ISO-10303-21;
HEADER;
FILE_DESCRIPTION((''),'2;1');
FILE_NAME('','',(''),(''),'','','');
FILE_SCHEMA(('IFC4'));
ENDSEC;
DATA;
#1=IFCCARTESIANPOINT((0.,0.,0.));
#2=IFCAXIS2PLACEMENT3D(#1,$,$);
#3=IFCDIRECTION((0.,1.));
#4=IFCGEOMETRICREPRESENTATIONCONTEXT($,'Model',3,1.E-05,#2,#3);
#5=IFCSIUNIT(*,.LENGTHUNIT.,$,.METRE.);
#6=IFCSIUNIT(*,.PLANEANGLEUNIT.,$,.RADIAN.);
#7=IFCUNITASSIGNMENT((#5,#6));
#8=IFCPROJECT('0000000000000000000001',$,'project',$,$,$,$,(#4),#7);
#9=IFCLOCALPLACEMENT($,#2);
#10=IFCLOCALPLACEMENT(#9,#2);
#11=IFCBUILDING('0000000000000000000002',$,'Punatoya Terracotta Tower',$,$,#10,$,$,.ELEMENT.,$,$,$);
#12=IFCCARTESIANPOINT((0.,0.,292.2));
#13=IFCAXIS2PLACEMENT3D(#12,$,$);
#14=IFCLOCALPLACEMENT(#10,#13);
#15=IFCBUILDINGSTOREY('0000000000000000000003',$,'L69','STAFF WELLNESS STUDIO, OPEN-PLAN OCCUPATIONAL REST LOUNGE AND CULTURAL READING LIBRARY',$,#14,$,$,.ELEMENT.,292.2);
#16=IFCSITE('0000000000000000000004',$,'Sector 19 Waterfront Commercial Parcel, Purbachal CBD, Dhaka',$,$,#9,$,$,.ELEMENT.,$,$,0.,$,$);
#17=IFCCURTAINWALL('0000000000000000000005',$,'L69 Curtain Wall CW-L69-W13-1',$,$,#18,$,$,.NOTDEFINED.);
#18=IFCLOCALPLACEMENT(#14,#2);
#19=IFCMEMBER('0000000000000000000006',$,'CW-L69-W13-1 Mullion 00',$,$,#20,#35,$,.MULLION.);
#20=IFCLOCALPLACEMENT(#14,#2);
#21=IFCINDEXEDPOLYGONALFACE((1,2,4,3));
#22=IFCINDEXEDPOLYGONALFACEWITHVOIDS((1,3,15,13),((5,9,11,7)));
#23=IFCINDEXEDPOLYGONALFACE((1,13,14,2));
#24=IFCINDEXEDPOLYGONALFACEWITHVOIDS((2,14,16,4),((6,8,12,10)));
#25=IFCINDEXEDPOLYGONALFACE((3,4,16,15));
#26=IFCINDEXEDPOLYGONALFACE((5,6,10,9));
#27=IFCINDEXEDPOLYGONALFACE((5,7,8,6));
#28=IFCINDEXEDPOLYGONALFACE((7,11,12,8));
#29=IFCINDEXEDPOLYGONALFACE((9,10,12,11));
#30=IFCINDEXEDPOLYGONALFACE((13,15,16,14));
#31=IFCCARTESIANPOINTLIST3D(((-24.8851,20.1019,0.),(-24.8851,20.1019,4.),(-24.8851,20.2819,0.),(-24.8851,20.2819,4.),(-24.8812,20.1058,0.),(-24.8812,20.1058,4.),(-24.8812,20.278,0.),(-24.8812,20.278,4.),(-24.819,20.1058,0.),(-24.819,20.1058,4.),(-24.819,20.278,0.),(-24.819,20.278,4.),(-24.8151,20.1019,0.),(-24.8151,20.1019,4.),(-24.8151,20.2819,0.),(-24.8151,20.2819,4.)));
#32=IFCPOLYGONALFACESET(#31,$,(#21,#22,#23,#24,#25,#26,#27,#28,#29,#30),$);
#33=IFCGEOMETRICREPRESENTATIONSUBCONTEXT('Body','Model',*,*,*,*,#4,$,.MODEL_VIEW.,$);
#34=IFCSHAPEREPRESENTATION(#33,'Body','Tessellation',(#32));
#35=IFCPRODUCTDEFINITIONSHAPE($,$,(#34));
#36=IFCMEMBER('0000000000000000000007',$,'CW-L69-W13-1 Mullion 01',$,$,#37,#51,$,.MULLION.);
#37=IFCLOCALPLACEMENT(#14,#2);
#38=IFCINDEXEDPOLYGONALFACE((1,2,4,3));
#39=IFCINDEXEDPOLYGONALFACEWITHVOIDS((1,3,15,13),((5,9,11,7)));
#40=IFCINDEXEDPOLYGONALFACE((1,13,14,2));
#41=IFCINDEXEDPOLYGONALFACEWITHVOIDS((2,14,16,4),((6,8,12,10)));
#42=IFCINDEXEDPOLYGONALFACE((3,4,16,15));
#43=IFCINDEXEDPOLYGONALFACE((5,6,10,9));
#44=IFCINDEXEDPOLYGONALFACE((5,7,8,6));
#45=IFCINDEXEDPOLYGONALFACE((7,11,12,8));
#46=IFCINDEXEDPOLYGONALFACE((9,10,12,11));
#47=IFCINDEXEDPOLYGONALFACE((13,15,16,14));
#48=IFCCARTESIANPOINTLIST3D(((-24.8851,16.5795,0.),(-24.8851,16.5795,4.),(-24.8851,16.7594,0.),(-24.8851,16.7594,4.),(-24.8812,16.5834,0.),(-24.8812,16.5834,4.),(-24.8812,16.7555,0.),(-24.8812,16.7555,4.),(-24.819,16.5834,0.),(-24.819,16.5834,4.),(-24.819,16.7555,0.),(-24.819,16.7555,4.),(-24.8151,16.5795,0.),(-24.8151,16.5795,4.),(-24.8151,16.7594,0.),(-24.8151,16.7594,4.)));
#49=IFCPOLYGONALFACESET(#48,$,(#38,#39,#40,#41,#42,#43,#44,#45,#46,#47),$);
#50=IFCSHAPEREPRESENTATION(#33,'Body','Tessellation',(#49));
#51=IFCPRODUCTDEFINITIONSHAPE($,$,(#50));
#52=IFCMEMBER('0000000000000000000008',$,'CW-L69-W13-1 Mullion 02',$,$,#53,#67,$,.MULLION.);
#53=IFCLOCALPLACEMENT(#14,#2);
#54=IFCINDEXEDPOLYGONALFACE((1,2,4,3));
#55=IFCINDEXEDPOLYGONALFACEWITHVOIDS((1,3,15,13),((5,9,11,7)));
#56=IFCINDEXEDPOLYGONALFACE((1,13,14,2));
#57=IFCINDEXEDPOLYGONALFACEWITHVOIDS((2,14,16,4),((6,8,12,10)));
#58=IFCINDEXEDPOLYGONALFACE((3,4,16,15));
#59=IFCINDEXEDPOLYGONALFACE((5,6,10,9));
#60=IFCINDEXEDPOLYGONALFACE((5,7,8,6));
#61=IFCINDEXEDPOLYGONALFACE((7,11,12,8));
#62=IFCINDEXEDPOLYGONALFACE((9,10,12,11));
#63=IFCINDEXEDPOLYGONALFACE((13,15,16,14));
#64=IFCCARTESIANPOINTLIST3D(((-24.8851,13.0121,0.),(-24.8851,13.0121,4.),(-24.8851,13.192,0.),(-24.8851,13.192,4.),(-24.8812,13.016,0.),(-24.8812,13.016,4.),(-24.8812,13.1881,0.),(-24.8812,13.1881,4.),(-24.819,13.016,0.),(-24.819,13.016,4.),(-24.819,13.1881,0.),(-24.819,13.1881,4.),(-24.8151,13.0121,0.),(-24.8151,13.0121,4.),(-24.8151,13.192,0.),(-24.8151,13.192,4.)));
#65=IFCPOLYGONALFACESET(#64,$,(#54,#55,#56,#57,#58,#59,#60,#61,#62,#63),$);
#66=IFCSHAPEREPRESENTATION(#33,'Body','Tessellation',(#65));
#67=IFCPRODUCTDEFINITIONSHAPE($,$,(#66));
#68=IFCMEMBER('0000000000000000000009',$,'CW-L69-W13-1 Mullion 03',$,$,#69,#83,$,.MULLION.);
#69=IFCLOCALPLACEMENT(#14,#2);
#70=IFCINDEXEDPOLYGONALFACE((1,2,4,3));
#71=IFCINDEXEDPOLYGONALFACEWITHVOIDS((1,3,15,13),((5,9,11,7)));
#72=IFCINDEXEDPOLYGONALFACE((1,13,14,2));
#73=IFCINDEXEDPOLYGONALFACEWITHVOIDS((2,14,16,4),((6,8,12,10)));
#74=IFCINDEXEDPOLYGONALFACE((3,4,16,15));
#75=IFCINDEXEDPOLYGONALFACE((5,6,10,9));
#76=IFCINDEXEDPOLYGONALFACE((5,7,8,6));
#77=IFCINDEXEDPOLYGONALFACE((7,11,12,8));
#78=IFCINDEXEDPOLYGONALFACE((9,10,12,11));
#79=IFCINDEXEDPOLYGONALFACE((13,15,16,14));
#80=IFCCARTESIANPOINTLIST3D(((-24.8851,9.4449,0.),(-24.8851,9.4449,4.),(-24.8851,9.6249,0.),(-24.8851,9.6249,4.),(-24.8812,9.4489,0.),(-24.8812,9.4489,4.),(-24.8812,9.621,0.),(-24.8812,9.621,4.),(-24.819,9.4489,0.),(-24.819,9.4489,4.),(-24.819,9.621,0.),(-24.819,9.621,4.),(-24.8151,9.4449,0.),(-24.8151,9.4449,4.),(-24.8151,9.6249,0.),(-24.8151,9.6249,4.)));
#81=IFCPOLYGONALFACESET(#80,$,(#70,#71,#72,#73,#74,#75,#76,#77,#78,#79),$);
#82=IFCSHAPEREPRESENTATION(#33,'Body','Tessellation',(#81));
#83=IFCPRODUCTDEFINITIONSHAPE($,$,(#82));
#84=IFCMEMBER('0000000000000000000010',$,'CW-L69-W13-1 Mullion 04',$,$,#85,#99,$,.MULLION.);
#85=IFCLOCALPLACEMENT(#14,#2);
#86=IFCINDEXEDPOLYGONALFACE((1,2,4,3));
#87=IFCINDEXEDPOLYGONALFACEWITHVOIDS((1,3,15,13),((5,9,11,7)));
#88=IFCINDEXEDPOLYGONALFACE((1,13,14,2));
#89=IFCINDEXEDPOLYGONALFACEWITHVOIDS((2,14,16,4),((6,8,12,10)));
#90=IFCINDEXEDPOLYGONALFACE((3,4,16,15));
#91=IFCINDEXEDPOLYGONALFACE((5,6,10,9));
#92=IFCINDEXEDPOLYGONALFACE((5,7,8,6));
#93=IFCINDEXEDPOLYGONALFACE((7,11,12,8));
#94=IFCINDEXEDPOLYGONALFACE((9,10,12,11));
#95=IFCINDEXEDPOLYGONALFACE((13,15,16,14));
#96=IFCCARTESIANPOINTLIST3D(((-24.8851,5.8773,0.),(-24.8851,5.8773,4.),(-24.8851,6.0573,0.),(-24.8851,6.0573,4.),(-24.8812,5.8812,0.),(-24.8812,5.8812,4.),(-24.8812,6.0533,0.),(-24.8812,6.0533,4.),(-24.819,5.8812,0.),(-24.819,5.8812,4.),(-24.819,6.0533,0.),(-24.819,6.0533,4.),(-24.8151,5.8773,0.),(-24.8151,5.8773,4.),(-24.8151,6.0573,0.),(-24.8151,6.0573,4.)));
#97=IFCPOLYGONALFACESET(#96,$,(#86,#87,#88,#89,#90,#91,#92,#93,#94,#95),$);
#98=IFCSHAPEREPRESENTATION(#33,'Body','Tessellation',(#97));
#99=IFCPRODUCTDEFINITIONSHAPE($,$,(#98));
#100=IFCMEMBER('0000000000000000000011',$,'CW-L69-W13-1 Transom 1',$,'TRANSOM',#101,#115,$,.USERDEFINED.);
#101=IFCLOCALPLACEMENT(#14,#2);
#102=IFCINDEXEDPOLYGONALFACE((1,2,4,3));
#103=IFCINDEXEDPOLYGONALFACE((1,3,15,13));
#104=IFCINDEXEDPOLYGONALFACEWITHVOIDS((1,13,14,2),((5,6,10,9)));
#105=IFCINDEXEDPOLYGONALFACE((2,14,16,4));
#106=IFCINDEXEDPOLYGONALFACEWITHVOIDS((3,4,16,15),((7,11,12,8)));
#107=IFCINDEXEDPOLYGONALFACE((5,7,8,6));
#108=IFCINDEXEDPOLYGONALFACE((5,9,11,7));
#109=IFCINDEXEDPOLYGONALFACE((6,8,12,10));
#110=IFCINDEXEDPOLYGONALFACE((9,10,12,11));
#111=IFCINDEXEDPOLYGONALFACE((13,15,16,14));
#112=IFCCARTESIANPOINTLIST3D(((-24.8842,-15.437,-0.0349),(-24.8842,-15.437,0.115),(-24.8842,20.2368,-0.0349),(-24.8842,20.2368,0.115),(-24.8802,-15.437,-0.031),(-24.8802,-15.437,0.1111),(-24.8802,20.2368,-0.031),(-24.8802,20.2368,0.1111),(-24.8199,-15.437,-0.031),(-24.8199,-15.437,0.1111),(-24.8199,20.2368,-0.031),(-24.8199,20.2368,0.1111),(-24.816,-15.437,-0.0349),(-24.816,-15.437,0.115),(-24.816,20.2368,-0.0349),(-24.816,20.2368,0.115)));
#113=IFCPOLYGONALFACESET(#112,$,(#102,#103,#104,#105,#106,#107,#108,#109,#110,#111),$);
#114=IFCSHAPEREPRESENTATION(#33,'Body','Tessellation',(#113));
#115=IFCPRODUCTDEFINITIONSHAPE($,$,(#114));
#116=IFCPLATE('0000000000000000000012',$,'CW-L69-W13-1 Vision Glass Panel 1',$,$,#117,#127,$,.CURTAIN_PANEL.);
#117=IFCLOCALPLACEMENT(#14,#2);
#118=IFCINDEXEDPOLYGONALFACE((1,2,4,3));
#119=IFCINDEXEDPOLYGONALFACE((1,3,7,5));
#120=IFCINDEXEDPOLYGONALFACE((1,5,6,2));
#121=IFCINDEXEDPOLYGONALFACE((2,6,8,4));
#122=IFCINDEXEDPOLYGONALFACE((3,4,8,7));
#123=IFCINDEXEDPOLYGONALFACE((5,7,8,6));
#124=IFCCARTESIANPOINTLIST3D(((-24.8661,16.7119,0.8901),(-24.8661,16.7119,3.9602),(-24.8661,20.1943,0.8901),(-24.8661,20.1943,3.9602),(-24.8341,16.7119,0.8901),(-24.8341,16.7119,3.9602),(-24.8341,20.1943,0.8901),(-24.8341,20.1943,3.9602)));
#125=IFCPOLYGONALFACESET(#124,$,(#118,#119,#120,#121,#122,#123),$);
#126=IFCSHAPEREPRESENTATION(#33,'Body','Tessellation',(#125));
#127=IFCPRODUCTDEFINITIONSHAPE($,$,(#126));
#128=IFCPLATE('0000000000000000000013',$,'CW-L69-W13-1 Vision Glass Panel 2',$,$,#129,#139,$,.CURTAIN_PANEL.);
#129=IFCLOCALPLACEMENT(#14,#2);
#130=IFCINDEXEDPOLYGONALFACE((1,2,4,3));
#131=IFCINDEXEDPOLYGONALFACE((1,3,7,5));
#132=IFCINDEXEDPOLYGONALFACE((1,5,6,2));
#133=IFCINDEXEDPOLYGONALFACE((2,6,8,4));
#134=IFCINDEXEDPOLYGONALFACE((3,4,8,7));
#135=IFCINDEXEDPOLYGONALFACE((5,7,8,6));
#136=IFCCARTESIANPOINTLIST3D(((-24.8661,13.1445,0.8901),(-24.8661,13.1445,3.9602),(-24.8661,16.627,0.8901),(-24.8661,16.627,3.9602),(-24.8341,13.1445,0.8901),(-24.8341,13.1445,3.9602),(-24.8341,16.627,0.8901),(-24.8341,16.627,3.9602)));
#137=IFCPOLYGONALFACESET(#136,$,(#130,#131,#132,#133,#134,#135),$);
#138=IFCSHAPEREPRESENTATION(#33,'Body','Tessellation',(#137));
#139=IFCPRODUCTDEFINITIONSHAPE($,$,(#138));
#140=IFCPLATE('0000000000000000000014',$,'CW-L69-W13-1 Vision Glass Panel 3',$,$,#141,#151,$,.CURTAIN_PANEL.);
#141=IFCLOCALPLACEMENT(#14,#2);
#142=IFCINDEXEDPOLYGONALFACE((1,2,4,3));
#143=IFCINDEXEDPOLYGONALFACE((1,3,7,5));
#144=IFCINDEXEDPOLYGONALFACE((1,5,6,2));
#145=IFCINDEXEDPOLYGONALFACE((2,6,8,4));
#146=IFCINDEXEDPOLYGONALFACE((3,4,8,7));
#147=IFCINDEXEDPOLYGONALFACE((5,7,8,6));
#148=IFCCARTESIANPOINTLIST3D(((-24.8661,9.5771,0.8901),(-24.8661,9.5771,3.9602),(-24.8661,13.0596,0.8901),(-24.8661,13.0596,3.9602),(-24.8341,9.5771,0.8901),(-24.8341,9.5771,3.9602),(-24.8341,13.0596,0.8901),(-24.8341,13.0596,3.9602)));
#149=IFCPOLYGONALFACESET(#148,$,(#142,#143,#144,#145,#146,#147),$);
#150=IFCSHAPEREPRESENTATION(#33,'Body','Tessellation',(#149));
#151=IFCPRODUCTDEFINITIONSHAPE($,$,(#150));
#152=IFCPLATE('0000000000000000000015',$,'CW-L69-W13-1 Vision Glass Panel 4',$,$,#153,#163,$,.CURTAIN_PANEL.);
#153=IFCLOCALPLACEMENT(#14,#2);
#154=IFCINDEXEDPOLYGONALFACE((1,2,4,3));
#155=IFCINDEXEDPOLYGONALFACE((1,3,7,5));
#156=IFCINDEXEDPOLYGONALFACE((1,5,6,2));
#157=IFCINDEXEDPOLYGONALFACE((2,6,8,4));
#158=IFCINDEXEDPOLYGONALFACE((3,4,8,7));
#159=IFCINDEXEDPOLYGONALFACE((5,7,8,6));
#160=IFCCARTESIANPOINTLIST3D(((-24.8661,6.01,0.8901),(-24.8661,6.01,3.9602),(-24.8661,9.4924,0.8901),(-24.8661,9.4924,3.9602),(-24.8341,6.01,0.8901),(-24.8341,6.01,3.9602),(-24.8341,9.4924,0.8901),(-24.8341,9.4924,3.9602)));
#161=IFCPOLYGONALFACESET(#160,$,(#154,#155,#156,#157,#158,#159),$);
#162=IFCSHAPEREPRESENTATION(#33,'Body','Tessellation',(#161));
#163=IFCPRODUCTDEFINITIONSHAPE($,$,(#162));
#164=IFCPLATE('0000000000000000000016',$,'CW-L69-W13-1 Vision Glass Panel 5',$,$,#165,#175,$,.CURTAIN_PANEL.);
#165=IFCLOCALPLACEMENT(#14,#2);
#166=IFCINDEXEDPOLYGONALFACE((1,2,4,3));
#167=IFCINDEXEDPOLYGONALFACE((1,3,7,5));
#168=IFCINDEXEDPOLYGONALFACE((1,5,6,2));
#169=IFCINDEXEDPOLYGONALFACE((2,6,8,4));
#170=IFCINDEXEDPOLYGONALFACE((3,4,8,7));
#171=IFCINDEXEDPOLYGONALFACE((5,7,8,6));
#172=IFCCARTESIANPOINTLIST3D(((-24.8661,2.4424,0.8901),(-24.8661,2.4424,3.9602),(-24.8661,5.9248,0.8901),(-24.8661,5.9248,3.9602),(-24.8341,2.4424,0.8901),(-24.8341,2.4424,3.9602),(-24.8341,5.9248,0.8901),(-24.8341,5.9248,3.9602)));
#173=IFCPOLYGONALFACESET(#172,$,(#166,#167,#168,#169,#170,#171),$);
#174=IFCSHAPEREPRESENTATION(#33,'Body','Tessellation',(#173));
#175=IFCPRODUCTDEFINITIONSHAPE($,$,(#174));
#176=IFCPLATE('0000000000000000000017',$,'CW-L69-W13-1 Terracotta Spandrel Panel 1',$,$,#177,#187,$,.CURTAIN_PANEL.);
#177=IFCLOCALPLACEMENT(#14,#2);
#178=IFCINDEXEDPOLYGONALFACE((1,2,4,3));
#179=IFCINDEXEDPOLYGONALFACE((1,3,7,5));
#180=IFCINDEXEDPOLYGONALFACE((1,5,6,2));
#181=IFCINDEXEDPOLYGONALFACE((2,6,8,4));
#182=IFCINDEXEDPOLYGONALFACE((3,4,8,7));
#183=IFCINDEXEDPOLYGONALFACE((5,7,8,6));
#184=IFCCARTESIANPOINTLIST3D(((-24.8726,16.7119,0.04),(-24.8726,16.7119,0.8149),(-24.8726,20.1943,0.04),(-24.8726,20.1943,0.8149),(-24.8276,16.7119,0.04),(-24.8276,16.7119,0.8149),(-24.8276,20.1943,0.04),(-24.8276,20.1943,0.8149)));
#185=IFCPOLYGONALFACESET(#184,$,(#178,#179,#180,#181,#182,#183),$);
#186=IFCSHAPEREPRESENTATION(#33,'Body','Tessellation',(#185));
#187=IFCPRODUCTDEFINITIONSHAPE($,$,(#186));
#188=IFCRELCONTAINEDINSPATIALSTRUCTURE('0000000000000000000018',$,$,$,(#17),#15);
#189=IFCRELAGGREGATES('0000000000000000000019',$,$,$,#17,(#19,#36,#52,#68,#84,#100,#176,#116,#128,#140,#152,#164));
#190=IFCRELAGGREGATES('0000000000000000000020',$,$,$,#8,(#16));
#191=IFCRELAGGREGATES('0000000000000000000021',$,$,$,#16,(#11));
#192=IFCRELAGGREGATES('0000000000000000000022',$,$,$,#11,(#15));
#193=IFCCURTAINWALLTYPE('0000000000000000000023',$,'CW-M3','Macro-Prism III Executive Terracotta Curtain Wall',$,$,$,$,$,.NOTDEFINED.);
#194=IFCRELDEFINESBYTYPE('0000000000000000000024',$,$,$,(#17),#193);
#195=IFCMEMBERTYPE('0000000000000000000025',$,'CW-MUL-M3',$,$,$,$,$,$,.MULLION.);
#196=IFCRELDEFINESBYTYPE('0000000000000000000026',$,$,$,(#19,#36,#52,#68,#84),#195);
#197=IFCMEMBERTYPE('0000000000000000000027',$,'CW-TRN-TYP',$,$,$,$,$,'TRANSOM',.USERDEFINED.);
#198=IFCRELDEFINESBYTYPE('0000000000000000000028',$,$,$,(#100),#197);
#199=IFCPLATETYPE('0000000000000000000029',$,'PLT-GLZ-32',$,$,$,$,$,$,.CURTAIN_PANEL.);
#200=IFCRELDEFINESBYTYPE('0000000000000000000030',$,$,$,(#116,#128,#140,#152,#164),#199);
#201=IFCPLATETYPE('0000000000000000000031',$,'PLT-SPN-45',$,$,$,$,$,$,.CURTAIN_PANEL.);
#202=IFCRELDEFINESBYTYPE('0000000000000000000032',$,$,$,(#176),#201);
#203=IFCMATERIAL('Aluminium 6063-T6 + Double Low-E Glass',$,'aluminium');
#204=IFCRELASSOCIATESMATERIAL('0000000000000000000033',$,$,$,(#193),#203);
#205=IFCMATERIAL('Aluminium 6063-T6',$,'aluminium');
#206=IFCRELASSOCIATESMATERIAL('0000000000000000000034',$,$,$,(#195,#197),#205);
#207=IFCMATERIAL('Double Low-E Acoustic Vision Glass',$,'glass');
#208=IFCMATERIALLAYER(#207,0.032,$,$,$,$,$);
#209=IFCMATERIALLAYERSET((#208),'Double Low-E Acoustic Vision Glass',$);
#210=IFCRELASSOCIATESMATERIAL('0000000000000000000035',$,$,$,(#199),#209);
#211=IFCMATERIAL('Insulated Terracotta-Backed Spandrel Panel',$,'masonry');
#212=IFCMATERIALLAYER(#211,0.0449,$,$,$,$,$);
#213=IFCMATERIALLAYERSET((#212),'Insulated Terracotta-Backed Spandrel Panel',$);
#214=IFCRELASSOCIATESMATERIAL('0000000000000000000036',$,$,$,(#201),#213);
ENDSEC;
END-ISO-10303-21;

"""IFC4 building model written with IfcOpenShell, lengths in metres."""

from ifc_helpers import new_model, si_unit, direction, frame, origin, origin_2d, place, context, subcontext, project, spatial, rectangle, hollow_rectangle, extrude, material, layer, layer_set, material_profile, profile_set, type_object, element, aggregate, save


model = new_model("IFC4")

# Units and contexts
model_context = context("Model", 3, precision=1e-05, world=origin(), true_north=direction((0.0, 1.0)))
body_context = subcontext(model_context, "Body", "Model", "MODEL_VIEW")
ifc_project = project(units=[si_unit("LENGTHUNIT", "METRE"), si_unit("PLANEANGLEUNIT", "RADIAN")], contexts=[model_context])

# Site, building, storey
site_placement = place(None, origin())
site = spatial("IfcSite", under=ifc_project, at=site_placement, Name="Sector 19 Waterfront Commercial Parcel, Purbachal CBD, Dhaka", CompositionType="ELEMENT", RefElevation=0.0)
building_placement = place(site_placement, origin())
building = spatial("IfcBuilding", under=site, at=building_placement, Name="Punatoya Terracotta Tower", CompositionType="ELEMENT")
storey_placement = place(building_placement, frame((0.0, 0.0, 292.2)))
storey = spatial("IfcBuildingStorey", under=building, at=storey_placement, Name="L69", Description="STAFF WELLNESS STUDIO, OPEN-PLAN OCCUPATIONAL REST LOUNGE AND CULTURAL READING LIBRARY", CompositionType="ELEMENT", Elevation=292.2)

# Curtain wall, members, plates
ifc_material_1 = material(Name="Aluminium 6063-T6 + Double Low-E Glass", Category="aluminium")
curtain_wall_type = type_object("IfcCurtainWallType", Name="CW-M3", Description="Macro-Prism III Executive Terracotta Curtain Wall", PredefinedType="NOTDEFINED", material=ifc_material_1)
curtain_wall_placement = place(storey_placement, origin())
curtain_wall = element("IfcCurtainWall", 1, at=curtain_wall_placement, inside=storey, type_object=curtain_wall_type, Name="L69 Curtain Wall CW-L69-W13-1", PredefinedType="NOTDEFINED")
ifc_material_2 = material(Name="Aluminium 6063-T6", Category="aluminium")
ifc_material_profile_1 = material_profile(ifc_material_2, hollow_rectangle(XDim=0.0701, YDim=0.1799, WallThickness=0.0039, at=origin_2d()))
ifc_profile_set_1 = profile_set([ifc_material_profile_1], Name="Aluminium 6063-T6")
member_type_1 = type_object("IfcMemberType", Name="CW-MUL-M3", PredefinedType="MULLION", material=ifc_profile_set_1)
member_1_placement = place(storey_placement, frame((-24.8501, 20.1919, 0.0), z_axis=(0.0, 0.0, 1.0), x_axis=(1.0, 0.0, 0.0)))
member_1 = element("IfcMember", 2, at=member_1_placement, type_object=member_type_1, Name="CW-L69-W13-1 Mullion 00", PredefinedType="MULLION", context=body_context, shape_type="SweptSolid", body=[
    extrude(hollow_rectangle(XDim=0.0701, YDim=0.1799, WallThickness=0.0039, at=origin_2d()), origin(), (0.0, 0.0, 1.0), 4.0),
])
member_2_placement = place(storey_placement, frame((-24.8501, 16.6694, 0.0), z_axis=(0.0, 0.0, 1.0), x_axis=(1.0, 0.0, 0.0)))
member_2 = element("IfcMember", 3, at=member_2_placement, type_object=member_type_1, Name="CW-L69-W13-1 Mullion 01", PredefinedType="MULLION", context=body_context, shape_type="SweptSolid", body=[
    extrude(hollow_rectangle(XDim=0.0701, YDim=0.1799, WallThickness=0.0039, at=origin_2d()), origin(), (0.0, 0.0, 1.0), 4.0),
])
member_3_placement = place(storey_placement, frame((-24.8501, 13.1021, 0.0), z_axis=(0.0, 0.0, 1.0), x_axis=(1.0, 0.0, 0.0)))
member_3 = element("IfcMember", 4, at=member_3_placement, type_object=member_type_1, Name="CW-L69-W13-1 Mullion 02", PredefinedType="MULLION", context=body_context, shape_type="SweptSolid", body=[
    extrude(hollow_rectangle(XDim=0.0701, YDim=0.1799, WallThickness=0.0039, at=origin_2d()), origin(), (0.0, 0.0, 1.0), 4.0),
])
member_4_placement = place(storey_placement, frame((-24.8501, 9.5349, 0.0), z_axis=(0.0, 0.0, 1.0), x_axis=(1.0, 0.0, 0.0)))
member_4 = element("IfcMember", 5, at=member_4_placement, type_object=member_type_1, Name="CW-L69-W13-1 Mullion 03", PredefinedType="MULLION", context=body_context, shape_type="SweptSolid", body=[
    extrude(hollow_rectangle(XDim=0.0701, YDim=0.1799, WallThickness=0.0039, at=origin_2d()), origin(), (0.0, 0.0, 1.0), 4.0),
])
member_5_placement = place(storey_placement, frame((-24.8501, 5.9673, 0.0), z_axis=(0.0, 0.0, 1.0), x_axis=(1.0, 0.0, 0.0)))
member_5 = element("IfcMember", 6, at=member_5_placement, type_object=member_type_1, Name="CW-L69-W13-1 Mullion 04", PredefinedType="MULLION", context=body_context, shape_type="SweptSolid", body=[
    extrude(hollow_rectangle(XDim=0.0701, YDim=0.1799, WallThickness=0.0039, at=origin_2d()), origin(), (0.0, 0.0, 1.0), 4.0),
])
ifc_material_profile_2 = material_profile(ifc_material_2, hollow_rectangle(XDim=0.0681, YDim=0.1499, WallThickness=0.0039, at=origin_2d()))
ifc_profile_set_2 = profile_set([ifc_material_profile_2], Name="Aluminium 6063-T6")
member_type_2 = type_object("IfcMemberType", Name="CW-TRN-TYP", ElementType="TRANSOM", PredefinedType="USERDEFINED", material=ifc_profile_set_2)
member_6_placement = place(storey_placement, frame((-24.8501, 20.2368, 0.04), z_axis=(0.0, -1.0, 0.0), x_axis=(1.0, 0.0, 0.0)))
member_6 = element("IfcMember", 7, at=member_6_placement, type_object=member_type_2, Name="CW-L69-W13-1 Transom 1", ObjectType="TRANSOM", PredefinedType="USERDEFINED", context=body_context, shape_type="SweptSolid", body=[
    extrude(hollow_rectangle(XDim=0.0681, YDim=0.1499, WallThickness=0.0039, at=origin_2d()), origin(), (0.0, 0.0, 1.0), 35.6738),
])
ifc_material_3 = material(Name="Double Low-E Acoustic Vision Glass", Category="glass")
ifc_layer_1 = layer(ifc_material_3, 0.032)
ifc_layer_set_1 = layer_set([ifc_layer_1], Name="Double Low-E Acoustic Vision Glass")
plate_type_1 = type_object("IfcPlateType", Name="PLT-GLZ-32", PredefinedType="CURTAIN_PANEL", material=ifc_layer_set_1)
plate_1_placement = place(storey_placement, frame((-24.8501, 18.4531, 0.8901), z_axis=(0.0, 0.0, 1.0), x_axis=(0.0, -1.0, 0.0)))
plate_1 = element("IfcPlate", 8, at=plate_1_placement, type_object=plate_type_1, Name="CW-L69-W13-1 Vision Glass Panel 1", PredefinedType="CURTAIN_PANEL", context=body_context, shape_type="SweptSolid", body=[
    extrude(rectangle(XDim=3.4824, YDim=0.032, at=origin_2d()), origin(), (0.0, 0.0, 1.0), 3.0701),
])
plate_2_placement = place(storey_placement, frame((-24.8501, 14.8857, 0.8901), z_axis=(0.0, 0.0, 1.0), x_axis=(0.0, -1.0, 0.0)))
plate_2 = element("IfcPlate", 9, at=plate_2_placement, type_object=plate_type_1, Name="CW-L69-W13-1 Vision Glass Panel 2", PredefinedType="CURTAIN_PANEL", context=body_context, shape_type="SweptSolid", body=[
    extrude(rectangle(XDim=3.4824, YDim=0.032, at=origin_2d()), origin(), (0.0, 0.0, 1.0), 3.0701),
])
plate_3_placement = place(storey_placement, frame((-24.8501, 11.3184, 0.8901), z_axis=(0.0, 0.0, 1.0), x_axis=(0.0, -1.0, 0.0)))
plate_3 = element("IfcPlate", 10, at=plate_3_placement, type_object=plate_type_1, Name="CW-L69-W13-1 Vision Glass Panel 3", PredefinedType="CURTAIN_PANEL", context=body_context, shape_type="SweptSolid", body=[
    extrude(rectangle(XDim=3.4824, YDim=0.032, at=origin_2d()), origin(), (0.0, 0.0, 1.0), 3.0701),
])
plate_4_placement = place(storey_placement, frame((-24.8501, 7.7512, 0.8901), z_axis=(0.0, 0.0, 1.0), x_axis=(0.0, -1.0, 0.0)))
plate_4 = element("IfcPlate", 11, at=plate_4_placement, type_object=plate_type_1, Name="CW-L69-W13-1 Vision Glass Panel 4", PredefinedType="CURTAIN_PANEL", context=body_context, shape_type="SweptSolid", body=[
    extrude(rectangle(XDim=3.4824, YDim=0.032, at=origin_2d()), origin(), (0.0, 0.0, 1.0), 3.0701),
])
plate_5_placement = place(storey_placement, frame((-24.8501, 4.1836, 0.8901), z_axis=(0.0, 0.0, 1.0), x_axis=(0.0, -1.0, 0.0)))
plate_5 = element("IfcPlate", 12, at=plate_5_placement, type_object=plate_type_1, Name="CW-L69-W13-1 Vision Glass Panel 5", PredefinedType="CURTAIN_PANEL", context=body_context, shape_type="SweptSolid", body=[
    extrude(rectangle(XDim=3.4824, YDim=0.032, at=origin_2d()), origin(), (0.0, 0.0, 1.0), 3.0701),
])
ifc_material_4 = material(Name="Insulated Terracotta-Backed Spandrel Panel", Category="masonry")
ifc_layer_2 = layer(ifc_material_4, 0.0449)
ifc_layer_set_2 = layer_set([ifc_layer_2], Name="Insulated Terracotta-Backed Spandrel Panel")
plate_type_2 = type_object("IfcPlateType", Name="PLT-SPN-45", PredefinedType="CURTAIN_PANEL", material=ifc_layer_set_2)
plate_6_placement = place(storey_placement, frame((-24.8501, 18.4531, 0.04), z_axis=(0.0, 0.0, 1.0), x_axis=(0.0, -1.0, 0.0)))
plate_6 = element("IfcPlate", 13, at=plate_6_placement, type_object=plate_type_2, Name="CW-L69-W13-1 Terracotta Spandrel Panel 1", PredefinedType="CURTAIN_PANEL", context=body_context, shape_type="SweptSolid", body=[
    extrude(rectangle(XDim=3.4824, YDim=0.0449, at=origin_2d()), origin(), (0.0, 0.0, 1.0), 0.7749),
])
aggregate(curtain_wall, [member_1, member_2, member_3, member_4, member_5, member_6, plate_6, plate_1, plate_2, plate_3, plate_4, plate_5])

save(model, "model.ifc")
